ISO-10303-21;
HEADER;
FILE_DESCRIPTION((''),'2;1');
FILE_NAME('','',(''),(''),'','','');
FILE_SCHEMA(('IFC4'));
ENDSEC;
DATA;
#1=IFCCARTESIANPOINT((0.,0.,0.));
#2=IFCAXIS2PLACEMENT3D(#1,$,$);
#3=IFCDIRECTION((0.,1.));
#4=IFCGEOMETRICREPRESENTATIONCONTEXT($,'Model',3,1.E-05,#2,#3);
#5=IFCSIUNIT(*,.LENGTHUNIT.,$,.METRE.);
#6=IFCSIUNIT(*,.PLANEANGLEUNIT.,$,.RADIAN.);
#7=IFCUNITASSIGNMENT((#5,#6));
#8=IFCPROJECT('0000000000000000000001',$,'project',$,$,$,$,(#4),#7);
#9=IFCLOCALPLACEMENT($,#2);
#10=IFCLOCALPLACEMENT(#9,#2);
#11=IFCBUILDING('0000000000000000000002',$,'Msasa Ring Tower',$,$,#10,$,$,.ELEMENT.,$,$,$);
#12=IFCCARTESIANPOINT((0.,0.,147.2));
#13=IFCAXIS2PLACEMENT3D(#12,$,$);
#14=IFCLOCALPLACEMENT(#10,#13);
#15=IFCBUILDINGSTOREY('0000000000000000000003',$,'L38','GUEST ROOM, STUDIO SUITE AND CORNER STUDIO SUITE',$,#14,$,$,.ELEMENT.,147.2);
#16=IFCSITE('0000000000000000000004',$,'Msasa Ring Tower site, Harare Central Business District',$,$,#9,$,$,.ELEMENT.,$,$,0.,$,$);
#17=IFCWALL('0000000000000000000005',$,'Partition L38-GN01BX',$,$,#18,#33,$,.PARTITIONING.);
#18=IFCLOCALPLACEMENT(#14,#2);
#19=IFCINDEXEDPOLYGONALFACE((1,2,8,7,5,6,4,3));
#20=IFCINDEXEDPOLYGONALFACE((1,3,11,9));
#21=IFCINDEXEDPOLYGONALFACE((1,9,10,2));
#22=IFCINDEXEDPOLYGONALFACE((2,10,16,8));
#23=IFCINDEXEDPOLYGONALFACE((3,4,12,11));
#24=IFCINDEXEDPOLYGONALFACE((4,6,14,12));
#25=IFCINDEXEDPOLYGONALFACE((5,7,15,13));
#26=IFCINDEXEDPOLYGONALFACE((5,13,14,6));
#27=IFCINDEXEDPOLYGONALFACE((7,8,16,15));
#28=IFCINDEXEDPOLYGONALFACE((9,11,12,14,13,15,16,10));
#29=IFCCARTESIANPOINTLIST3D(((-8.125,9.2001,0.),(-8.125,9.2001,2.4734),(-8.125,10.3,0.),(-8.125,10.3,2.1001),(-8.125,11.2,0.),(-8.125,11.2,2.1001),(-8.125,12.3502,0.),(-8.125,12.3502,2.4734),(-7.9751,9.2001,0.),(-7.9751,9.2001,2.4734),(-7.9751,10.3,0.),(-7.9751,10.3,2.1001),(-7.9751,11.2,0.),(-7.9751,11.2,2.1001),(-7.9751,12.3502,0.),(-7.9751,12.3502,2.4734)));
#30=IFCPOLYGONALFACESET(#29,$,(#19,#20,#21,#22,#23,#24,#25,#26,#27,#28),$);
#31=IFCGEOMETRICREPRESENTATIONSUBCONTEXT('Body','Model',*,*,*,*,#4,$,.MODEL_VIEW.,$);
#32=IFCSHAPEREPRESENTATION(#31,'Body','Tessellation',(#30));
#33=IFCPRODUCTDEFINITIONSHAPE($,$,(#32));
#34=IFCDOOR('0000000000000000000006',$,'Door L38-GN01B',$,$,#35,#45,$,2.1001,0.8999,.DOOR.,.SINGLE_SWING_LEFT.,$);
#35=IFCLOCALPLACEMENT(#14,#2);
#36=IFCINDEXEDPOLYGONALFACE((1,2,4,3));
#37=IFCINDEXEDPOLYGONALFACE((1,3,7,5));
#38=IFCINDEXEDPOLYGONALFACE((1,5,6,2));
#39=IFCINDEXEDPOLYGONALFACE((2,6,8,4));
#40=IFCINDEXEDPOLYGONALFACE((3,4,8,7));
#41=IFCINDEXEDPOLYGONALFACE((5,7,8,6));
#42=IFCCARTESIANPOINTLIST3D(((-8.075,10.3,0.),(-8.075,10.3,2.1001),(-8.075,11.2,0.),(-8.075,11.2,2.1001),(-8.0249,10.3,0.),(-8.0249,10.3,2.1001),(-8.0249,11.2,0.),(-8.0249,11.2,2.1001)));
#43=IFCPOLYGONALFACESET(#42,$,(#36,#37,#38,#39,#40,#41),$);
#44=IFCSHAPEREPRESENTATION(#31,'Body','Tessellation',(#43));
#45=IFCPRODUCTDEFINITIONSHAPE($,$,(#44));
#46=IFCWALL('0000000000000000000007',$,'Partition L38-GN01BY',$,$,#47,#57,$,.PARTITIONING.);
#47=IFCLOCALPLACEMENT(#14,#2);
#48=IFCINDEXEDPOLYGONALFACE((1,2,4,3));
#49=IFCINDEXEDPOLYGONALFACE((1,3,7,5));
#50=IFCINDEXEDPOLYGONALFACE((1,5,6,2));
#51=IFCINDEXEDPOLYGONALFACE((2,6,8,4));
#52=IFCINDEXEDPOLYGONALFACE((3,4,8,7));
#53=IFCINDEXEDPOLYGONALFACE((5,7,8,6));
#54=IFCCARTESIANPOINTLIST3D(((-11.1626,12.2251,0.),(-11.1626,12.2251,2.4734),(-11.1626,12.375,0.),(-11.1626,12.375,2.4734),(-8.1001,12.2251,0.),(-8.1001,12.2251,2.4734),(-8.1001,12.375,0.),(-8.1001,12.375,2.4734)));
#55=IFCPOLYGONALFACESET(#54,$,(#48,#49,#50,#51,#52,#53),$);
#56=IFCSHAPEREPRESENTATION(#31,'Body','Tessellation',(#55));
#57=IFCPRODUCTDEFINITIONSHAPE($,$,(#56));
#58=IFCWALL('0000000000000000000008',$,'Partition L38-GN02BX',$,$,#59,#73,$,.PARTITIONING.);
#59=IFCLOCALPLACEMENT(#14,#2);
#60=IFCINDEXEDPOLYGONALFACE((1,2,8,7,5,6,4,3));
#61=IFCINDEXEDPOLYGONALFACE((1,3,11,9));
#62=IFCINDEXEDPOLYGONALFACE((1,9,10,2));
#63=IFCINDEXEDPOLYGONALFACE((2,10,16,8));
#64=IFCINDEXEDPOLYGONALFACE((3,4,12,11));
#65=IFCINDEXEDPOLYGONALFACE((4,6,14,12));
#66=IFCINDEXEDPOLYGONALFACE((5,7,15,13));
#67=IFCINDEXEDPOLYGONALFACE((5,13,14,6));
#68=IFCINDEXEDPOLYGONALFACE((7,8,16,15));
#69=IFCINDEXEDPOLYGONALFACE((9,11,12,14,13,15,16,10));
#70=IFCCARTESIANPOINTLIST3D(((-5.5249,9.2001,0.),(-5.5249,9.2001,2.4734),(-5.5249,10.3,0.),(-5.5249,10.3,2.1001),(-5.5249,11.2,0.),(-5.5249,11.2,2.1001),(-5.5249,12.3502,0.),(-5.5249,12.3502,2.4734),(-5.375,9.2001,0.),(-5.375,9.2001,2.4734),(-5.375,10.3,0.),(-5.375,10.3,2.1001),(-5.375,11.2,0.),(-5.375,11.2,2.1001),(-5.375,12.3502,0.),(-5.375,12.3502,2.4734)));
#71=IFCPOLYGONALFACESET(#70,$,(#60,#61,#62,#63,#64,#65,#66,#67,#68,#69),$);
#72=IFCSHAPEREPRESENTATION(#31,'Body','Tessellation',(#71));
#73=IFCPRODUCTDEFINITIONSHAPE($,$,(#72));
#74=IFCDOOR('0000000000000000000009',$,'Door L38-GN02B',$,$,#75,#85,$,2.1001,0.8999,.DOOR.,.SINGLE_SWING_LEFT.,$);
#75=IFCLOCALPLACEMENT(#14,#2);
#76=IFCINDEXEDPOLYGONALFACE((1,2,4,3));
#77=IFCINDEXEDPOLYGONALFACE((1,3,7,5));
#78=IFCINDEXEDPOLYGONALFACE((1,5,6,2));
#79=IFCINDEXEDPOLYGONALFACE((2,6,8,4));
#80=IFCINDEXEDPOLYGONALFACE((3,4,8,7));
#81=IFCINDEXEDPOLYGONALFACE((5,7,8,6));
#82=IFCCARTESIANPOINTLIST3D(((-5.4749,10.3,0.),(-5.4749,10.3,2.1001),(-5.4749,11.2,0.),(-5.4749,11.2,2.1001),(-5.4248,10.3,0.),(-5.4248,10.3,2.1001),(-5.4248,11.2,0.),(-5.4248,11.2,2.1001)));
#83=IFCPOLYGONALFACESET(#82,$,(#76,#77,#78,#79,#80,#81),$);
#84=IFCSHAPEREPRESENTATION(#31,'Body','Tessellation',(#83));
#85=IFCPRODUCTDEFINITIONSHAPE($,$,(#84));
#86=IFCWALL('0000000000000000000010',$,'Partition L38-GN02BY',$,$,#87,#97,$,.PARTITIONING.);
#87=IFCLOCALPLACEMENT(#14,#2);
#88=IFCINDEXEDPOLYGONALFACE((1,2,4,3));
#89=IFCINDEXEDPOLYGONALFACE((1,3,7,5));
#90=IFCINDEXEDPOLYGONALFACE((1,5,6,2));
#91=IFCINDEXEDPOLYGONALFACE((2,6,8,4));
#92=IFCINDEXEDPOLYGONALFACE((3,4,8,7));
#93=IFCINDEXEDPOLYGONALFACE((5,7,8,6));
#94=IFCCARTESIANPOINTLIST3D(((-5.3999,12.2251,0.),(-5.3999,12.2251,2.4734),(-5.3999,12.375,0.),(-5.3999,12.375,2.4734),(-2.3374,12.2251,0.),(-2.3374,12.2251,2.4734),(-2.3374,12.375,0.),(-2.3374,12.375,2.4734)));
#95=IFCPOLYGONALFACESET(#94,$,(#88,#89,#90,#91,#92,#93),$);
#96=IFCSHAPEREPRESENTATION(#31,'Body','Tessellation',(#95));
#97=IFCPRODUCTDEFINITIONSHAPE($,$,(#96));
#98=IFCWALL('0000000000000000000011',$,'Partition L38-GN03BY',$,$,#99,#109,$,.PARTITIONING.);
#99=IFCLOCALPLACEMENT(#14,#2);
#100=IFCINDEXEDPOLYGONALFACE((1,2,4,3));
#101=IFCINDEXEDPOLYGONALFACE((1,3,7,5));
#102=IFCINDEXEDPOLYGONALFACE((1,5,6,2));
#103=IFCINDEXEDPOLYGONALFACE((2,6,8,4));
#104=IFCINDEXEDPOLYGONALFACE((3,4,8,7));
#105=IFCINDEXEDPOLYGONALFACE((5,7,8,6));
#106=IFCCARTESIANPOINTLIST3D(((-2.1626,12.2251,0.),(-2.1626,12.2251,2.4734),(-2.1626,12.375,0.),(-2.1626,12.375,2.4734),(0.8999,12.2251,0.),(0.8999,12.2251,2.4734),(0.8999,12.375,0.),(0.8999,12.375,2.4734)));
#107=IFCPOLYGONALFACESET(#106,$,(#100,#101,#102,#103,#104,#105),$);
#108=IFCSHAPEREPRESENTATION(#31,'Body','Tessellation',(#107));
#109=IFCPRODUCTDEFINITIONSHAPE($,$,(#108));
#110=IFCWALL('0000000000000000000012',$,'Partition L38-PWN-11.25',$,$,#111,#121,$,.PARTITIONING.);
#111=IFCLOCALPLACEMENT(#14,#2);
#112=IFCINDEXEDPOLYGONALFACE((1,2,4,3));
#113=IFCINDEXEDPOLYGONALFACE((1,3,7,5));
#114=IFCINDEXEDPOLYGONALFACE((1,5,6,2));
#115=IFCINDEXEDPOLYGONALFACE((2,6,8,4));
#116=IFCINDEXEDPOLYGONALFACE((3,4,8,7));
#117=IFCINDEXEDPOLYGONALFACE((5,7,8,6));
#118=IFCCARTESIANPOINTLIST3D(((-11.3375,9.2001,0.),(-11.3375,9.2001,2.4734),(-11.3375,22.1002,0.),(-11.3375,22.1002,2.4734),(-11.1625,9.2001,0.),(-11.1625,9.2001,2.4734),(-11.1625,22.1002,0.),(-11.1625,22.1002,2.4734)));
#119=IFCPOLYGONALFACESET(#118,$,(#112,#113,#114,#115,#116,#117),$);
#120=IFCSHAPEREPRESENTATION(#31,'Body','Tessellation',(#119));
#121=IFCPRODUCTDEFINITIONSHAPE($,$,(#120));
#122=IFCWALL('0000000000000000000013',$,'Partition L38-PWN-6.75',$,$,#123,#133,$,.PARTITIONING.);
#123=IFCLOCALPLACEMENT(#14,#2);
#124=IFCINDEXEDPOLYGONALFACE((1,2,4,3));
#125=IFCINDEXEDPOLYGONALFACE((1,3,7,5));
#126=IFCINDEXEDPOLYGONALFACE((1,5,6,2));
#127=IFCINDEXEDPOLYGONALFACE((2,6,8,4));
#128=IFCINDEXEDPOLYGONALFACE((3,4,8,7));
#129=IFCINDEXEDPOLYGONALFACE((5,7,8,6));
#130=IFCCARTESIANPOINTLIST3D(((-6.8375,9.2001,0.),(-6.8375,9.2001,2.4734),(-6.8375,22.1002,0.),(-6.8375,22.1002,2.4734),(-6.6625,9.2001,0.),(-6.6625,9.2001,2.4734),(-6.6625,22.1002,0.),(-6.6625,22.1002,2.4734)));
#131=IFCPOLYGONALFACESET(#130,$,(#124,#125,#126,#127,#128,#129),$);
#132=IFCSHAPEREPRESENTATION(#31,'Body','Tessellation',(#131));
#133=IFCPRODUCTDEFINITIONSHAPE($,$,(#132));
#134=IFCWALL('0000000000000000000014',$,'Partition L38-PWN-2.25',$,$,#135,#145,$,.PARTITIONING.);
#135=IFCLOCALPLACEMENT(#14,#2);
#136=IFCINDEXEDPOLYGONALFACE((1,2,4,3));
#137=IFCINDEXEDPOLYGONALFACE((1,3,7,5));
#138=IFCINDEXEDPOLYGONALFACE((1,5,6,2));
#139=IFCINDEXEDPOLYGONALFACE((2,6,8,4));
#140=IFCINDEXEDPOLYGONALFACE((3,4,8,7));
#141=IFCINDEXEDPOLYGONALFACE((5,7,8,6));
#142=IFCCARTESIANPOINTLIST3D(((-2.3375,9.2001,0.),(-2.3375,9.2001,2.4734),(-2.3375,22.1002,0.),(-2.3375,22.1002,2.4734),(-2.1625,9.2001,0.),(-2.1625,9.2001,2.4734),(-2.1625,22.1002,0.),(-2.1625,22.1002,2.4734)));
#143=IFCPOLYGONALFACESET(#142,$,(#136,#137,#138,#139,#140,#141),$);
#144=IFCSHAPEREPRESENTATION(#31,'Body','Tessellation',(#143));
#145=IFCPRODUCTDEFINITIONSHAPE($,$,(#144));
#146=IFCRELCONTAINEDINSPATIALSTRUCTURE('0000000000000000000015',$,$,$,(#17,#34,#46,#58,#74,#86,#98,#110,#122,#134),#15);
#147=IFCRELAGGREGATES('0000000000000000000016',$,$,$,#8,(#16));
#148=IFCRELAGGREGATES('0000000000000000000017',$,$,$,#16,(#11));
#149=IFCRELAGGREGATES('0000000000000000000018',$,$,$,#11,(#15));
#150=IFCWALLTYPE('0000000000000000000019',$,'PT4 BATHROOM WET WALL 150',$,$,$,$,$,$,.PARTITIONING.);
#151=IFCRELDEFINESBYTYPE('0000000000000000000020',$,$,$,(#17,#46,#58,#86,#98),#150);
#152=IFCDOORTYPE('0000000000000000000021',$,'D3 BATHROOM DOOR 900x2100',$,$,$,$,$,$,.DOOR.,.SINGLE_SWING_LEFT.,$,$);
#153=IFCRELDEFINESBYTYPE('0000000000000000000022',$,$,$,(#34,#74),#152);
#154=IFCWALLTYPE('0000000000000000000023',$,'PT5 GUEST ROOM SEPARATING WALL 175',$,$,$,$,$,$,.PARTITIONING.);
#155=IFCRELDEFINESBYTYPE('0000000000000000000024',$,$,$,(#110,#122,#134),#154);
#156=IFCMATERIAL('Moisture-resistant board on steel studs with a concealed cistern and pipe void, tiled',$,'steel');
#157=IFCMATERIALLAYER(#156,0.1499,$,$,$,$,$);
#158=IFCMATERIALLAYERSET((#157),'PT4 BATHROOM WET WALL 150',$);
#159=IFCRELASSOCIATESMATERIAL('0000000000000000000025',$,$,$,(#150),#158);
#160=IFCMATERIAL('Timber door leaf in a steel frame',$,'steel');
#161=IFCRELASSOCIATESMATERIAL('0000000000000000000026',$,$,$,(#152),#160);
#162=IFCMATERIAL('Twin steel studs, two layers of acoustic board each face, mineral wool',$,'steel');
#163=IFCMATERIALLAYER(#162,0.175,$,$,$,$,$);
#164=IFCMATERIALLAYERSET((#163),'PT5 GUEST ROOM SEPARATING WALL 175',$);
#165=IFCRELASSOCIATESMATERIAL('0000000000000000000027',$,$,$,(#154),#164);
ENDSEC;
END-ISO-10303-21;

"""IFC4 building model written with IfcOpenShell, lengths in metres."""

from ifc_helpers import new_model, si_unit, direction, frame, frame_2d, origin, place, context, subcontext, project, spatial, rectangle, extrude, material, layer, layer_set, type_object, element, fill, save


model = new_model("IFC4")

# Units and contexts
model_context = context("Model", 3, precision=1e-05, world=origin(), true_north=direction((0.0, 1.0)))
body_context = subcontext(model_context, "Body", "Model", "MODEL_VIEW")
ifc_project = project(units=[si_unit("LENGTHUNIT", "METRE"), si_unit("PLANEANGLEUNIT", "RADIAN")], contexts=[model_context])

# Site, building, storey
site_placement = place(None, origin())
site = spatial("IfcSite", under=ifc_project, at=site_placement, Name="Msasa Ring Tower site, Harare Central Business District", CompositionType="ELEMENT", RefElevation=0.0)
building_placement = place(site_placement, origin())
building = spatial("IfcBuilding", under=site, at=building_placement, Name="Msasa Ring Tower", CompositionType="ELEMENT")
storey_placement = place(building_placement, frame((0.0, 0.0, 147.2)))
storey = spatial("IfcBuildingStorey", under=building, at=storey_placement, Name="L38", Description="GUEST ROOM, STUDIO SUITE AND CORNER STUDIO SUITE", CompositionType="ELEMENT", Elevation=147.2)

# Wall, opening, door
ifc_material_1 = material(Name="Moisture-resistant board on steel studs with a concealed cistern and pipe void, tiled", Category="steel")
ifc_layer_1 = layer(ifc_material_1, 0.1499)
ifc_layer_set_1 = layer_set([ifc_layer_1], Name="PT4 BATHROOM WET WALL 150")
wall_type_1 = type_object("IfcWallType", Name="PT4 BATHROOM WET WALL 150", PredefinedType="PARTITIONING", material=ifc_layer_set_1)
wall_1_placement = place(storey_placement, frame((-8.05, 9.2, 0.0), z_axis=(0.0, 0.0, 1.0), x_axis=(0.0, 1.0, 0.0)))
wall_1 = element("IfcWall", 1, at=wall_1_placement, inside=storey, type_object=wall_type_1, Name="Partition L38-GN01BX", PredefinedType="PARTITIONING", context=body_context, shape_type="SweptSolid", body=[
    extrude(rectangle(XDim=3.1501, YDim=0.1499, at=frame_2d((1.5752, 0.0))), origin(), (0.0, 0.0, 1.0), 2.4734),
])
opening_1_placement = place(wall_1_placement, frame((1.1001, 0.0, 0.0)))
opening_1 = element("IfcOpeningElement", 2, at=opening_1_placement, cuts=wall_1, PredefinedType="OPENING", context=body_context, shape_type="SweptSolid", body=[
    extrude(rectangle(XDim=0.8999, YDim=2.1001, at=frame_2d((0.45, 1.05))), frame((0.0, 0.085, 0.0), z_axis=(0.0, -1.0, 0.0), x_axis=(1.0, 0.0, 0.0)), (0.0, 0.0, 1.0), 0.1699),
])
ifc_material_2 = material(Name="Timber door leaf in a steel frame", Category="steel")
door_type = type_object("IfcDoorType", Name="D3 BATHROOM DOOR 900x2100", OperationType="SINGLE_SWING_LEFT", PredefinedType="DOOR", material=ifc_material_2)
door_1_placement = place(opening_1_placement, origin())
door_1 = element("IfcDoor", 3, at=door_1_placement, inside=storey, type_object=door_type, Name="Door L38-GN01B", OperationType="SINGLE_SWING_LEFT", OverallHeight=2.1001, OverallWidth=0.8999, PredefinedType="DOOR", context=body_context, shape_type="SweptSolid", body=[
    extrude(rectangle(XDim=0.8999, YDim=2.1001, at=frame_2d((0.45, 1.05))), frame((0.0, 0.0249, 0.0), z_axis=(0.0, -1.0, 0.0), x_axis=(1.0, 0.0, 0.0)), (0.0, 0.0, 1.0), 0.05),
])
fill(opening_1, door_1)

# Wall
wall_2_placement = place(storey_placement, frame((-11.1626, 12.3, 0.0), z_axis=(0.0, 0.0, 1.0), x_axis=(1.0, 0.0, 0.0)))
element("IfcWall", 4, at=wall_2_placement, inside=storey, type_object=wall_type_1, Name="Partition L38-GN01BY", PredefinedType="PARTITIONING", context=body_context, shape_type="SweptSolid", body=[
    extrude(rectangle(XDim=3.0625, YDim=0.1499, at=frame_2d((1.5312, 0.0))), origin(), (0.0, 0.0, 1.0), 2.4734),
])

# Wall, opening, door
wall_3_placement = place(storey_placement, frame((-5.45, 9.2, 0.0), z_axis=(0.0, 0.0, 1.0), x_axis=(0.0, 1.0, 0.0)))
wall_3 = element("IfcWall", 5, at=wall_3_placement, inside=storey, type_object=wall_type_1, Name="Partition L38-GN02BX", PredefinedType="PARTITIONING", context=body_context, shape_type="SweptSolid", body=[
    extrude(rectangle(XDim=3.1501, YDim=0.1499, at=frame_2d((1.5752, 0.0))), origin(), (0.0, 0.0, 1.0), 2.4734),
])
opening_2_placement = place(wall_3_placement, frame((1.1001, 0.0, 0.0)))
opening_2 = element("IfcOpeningElement", 6, at=opening_2_placement, cuts=wall_3, PredefinedType="OPENING", context=body_context, shape_type="SweptSolid", body=[
    extrude(rectangle(XDim=0.8999, YDim=2.1001, at=frame_2d((0.45, 1.05))), frame((0.0, 0.085, 0.0), z_axis=(0.0, -1.0, 0.0), x_axis=(1.0, 0.0, 0.0)), (0.0, 0.0, 1.0), 0.1699),
])
door_2_placement = place(opening_2_placement, origin())
door_2 = element("IfcDoor", 7, at=door_2_placement, inside=storey, type_object=door_type, Name="Door L38-GN02B", OperationType="SINGLE_SWING_LEFT", OverallHeight=2.1001, OverallWidth=0.8999, PredefinedType="DOOR", context=body_context, shape_type="SweptSolid", body=[
    extrude(rectangle(XDim=0.8999, YDim=2.1001, at=frame_2d((0.45, 1.05))), frame((0.0, 0.0249, 0.0), z_axis=(0.0, -1.0, 0.0), x_axis=(1.0, 0.0, 0.0)), (0.0, 0.0, 1.0), 0.05),
])
fill(opening_2, door_2)

# Walls
for number, where, z_axis, x_axis, name in (
    (8, (-5.3999, 12.3, 0.0), (0.0, 0.0, 1.0), (1.0, 0.0, 0.0), "Partition L38-GN02BY"),
    (9, (-2.1626, 12.3, 0.0), (0.0, 0.0, 1.0), (1.0, 0.0, 0.0), "Partition L38-GN03BY"),
):
    element("IfcWall", number, at=place(storey_placement, frame(where, z_axis=z_axis, x_axis=x_axis)), inside=storey, type_object=wall_type_1, Name=name, PredefinedType="PARTITIONING", context=body_context, shape_type="SweptSolid", body=[
        extrude(rectangle(XDim=3.0625, YDim=0.1499, at=frame_2d((1.5312, 0.0))), origin(), (0.0, 0.0, 1.0), 2.4734),
    ])
ifc_material_3 = material(Name="Twin steel studs, two layers of acoustic board each face, mineral wool", Category="steel")
ifc_layer_2 = layer(ifc_material_3, 0.175)
ifc_layer_set_2 = layer_set([ifc_layer_2], Name="PT5 GUEST ROOM SEPARATING WALL 175")
wall_type_2 = type_object("IfcWallType", Name="PT5 GUEST ROOM SEPARATING WALL 175", PredefinedType="PARTITIONING", material=ifc_layer_set_2)
for number, where, z_axis, x_axis, name in (
    (10, (-11.25, 9.2, 0.0), (0.0, 0.0, 1.0), (0.0, 1.0, 0.0), "Partition L38-PWN-11.25"),
    (11, (-6.75, 9.2, 0.0), (0.0, 0.0, 1.0), (0.0, 1.0, 0.0), "Partition L38-PWN-6.75"),
    (12, (-2.25, 9.2, 0.0), (0.0, 0.0, 1.0), (0.0, 1.0, 0.0), "Partition L38-PWN-2.25"),
):
    element("IfcWall", number, at=place(storey_placement, frame(where, z_axis=z_axis, x_axis=x_axis)), inside=storey, type_object=wall_type_2, Name=name, PredefinedType="PARTITIONING", context=body_context, shape_type="SweptSolid", body=[
        extrude(rectangle(XDim=12.9001, YDim=0.175, at=frame_2d((6.4502, 0.0))), origin(), (0.0, 0.0, 1.0), 2.4734),
    ])

save(model, "model.ifc")
